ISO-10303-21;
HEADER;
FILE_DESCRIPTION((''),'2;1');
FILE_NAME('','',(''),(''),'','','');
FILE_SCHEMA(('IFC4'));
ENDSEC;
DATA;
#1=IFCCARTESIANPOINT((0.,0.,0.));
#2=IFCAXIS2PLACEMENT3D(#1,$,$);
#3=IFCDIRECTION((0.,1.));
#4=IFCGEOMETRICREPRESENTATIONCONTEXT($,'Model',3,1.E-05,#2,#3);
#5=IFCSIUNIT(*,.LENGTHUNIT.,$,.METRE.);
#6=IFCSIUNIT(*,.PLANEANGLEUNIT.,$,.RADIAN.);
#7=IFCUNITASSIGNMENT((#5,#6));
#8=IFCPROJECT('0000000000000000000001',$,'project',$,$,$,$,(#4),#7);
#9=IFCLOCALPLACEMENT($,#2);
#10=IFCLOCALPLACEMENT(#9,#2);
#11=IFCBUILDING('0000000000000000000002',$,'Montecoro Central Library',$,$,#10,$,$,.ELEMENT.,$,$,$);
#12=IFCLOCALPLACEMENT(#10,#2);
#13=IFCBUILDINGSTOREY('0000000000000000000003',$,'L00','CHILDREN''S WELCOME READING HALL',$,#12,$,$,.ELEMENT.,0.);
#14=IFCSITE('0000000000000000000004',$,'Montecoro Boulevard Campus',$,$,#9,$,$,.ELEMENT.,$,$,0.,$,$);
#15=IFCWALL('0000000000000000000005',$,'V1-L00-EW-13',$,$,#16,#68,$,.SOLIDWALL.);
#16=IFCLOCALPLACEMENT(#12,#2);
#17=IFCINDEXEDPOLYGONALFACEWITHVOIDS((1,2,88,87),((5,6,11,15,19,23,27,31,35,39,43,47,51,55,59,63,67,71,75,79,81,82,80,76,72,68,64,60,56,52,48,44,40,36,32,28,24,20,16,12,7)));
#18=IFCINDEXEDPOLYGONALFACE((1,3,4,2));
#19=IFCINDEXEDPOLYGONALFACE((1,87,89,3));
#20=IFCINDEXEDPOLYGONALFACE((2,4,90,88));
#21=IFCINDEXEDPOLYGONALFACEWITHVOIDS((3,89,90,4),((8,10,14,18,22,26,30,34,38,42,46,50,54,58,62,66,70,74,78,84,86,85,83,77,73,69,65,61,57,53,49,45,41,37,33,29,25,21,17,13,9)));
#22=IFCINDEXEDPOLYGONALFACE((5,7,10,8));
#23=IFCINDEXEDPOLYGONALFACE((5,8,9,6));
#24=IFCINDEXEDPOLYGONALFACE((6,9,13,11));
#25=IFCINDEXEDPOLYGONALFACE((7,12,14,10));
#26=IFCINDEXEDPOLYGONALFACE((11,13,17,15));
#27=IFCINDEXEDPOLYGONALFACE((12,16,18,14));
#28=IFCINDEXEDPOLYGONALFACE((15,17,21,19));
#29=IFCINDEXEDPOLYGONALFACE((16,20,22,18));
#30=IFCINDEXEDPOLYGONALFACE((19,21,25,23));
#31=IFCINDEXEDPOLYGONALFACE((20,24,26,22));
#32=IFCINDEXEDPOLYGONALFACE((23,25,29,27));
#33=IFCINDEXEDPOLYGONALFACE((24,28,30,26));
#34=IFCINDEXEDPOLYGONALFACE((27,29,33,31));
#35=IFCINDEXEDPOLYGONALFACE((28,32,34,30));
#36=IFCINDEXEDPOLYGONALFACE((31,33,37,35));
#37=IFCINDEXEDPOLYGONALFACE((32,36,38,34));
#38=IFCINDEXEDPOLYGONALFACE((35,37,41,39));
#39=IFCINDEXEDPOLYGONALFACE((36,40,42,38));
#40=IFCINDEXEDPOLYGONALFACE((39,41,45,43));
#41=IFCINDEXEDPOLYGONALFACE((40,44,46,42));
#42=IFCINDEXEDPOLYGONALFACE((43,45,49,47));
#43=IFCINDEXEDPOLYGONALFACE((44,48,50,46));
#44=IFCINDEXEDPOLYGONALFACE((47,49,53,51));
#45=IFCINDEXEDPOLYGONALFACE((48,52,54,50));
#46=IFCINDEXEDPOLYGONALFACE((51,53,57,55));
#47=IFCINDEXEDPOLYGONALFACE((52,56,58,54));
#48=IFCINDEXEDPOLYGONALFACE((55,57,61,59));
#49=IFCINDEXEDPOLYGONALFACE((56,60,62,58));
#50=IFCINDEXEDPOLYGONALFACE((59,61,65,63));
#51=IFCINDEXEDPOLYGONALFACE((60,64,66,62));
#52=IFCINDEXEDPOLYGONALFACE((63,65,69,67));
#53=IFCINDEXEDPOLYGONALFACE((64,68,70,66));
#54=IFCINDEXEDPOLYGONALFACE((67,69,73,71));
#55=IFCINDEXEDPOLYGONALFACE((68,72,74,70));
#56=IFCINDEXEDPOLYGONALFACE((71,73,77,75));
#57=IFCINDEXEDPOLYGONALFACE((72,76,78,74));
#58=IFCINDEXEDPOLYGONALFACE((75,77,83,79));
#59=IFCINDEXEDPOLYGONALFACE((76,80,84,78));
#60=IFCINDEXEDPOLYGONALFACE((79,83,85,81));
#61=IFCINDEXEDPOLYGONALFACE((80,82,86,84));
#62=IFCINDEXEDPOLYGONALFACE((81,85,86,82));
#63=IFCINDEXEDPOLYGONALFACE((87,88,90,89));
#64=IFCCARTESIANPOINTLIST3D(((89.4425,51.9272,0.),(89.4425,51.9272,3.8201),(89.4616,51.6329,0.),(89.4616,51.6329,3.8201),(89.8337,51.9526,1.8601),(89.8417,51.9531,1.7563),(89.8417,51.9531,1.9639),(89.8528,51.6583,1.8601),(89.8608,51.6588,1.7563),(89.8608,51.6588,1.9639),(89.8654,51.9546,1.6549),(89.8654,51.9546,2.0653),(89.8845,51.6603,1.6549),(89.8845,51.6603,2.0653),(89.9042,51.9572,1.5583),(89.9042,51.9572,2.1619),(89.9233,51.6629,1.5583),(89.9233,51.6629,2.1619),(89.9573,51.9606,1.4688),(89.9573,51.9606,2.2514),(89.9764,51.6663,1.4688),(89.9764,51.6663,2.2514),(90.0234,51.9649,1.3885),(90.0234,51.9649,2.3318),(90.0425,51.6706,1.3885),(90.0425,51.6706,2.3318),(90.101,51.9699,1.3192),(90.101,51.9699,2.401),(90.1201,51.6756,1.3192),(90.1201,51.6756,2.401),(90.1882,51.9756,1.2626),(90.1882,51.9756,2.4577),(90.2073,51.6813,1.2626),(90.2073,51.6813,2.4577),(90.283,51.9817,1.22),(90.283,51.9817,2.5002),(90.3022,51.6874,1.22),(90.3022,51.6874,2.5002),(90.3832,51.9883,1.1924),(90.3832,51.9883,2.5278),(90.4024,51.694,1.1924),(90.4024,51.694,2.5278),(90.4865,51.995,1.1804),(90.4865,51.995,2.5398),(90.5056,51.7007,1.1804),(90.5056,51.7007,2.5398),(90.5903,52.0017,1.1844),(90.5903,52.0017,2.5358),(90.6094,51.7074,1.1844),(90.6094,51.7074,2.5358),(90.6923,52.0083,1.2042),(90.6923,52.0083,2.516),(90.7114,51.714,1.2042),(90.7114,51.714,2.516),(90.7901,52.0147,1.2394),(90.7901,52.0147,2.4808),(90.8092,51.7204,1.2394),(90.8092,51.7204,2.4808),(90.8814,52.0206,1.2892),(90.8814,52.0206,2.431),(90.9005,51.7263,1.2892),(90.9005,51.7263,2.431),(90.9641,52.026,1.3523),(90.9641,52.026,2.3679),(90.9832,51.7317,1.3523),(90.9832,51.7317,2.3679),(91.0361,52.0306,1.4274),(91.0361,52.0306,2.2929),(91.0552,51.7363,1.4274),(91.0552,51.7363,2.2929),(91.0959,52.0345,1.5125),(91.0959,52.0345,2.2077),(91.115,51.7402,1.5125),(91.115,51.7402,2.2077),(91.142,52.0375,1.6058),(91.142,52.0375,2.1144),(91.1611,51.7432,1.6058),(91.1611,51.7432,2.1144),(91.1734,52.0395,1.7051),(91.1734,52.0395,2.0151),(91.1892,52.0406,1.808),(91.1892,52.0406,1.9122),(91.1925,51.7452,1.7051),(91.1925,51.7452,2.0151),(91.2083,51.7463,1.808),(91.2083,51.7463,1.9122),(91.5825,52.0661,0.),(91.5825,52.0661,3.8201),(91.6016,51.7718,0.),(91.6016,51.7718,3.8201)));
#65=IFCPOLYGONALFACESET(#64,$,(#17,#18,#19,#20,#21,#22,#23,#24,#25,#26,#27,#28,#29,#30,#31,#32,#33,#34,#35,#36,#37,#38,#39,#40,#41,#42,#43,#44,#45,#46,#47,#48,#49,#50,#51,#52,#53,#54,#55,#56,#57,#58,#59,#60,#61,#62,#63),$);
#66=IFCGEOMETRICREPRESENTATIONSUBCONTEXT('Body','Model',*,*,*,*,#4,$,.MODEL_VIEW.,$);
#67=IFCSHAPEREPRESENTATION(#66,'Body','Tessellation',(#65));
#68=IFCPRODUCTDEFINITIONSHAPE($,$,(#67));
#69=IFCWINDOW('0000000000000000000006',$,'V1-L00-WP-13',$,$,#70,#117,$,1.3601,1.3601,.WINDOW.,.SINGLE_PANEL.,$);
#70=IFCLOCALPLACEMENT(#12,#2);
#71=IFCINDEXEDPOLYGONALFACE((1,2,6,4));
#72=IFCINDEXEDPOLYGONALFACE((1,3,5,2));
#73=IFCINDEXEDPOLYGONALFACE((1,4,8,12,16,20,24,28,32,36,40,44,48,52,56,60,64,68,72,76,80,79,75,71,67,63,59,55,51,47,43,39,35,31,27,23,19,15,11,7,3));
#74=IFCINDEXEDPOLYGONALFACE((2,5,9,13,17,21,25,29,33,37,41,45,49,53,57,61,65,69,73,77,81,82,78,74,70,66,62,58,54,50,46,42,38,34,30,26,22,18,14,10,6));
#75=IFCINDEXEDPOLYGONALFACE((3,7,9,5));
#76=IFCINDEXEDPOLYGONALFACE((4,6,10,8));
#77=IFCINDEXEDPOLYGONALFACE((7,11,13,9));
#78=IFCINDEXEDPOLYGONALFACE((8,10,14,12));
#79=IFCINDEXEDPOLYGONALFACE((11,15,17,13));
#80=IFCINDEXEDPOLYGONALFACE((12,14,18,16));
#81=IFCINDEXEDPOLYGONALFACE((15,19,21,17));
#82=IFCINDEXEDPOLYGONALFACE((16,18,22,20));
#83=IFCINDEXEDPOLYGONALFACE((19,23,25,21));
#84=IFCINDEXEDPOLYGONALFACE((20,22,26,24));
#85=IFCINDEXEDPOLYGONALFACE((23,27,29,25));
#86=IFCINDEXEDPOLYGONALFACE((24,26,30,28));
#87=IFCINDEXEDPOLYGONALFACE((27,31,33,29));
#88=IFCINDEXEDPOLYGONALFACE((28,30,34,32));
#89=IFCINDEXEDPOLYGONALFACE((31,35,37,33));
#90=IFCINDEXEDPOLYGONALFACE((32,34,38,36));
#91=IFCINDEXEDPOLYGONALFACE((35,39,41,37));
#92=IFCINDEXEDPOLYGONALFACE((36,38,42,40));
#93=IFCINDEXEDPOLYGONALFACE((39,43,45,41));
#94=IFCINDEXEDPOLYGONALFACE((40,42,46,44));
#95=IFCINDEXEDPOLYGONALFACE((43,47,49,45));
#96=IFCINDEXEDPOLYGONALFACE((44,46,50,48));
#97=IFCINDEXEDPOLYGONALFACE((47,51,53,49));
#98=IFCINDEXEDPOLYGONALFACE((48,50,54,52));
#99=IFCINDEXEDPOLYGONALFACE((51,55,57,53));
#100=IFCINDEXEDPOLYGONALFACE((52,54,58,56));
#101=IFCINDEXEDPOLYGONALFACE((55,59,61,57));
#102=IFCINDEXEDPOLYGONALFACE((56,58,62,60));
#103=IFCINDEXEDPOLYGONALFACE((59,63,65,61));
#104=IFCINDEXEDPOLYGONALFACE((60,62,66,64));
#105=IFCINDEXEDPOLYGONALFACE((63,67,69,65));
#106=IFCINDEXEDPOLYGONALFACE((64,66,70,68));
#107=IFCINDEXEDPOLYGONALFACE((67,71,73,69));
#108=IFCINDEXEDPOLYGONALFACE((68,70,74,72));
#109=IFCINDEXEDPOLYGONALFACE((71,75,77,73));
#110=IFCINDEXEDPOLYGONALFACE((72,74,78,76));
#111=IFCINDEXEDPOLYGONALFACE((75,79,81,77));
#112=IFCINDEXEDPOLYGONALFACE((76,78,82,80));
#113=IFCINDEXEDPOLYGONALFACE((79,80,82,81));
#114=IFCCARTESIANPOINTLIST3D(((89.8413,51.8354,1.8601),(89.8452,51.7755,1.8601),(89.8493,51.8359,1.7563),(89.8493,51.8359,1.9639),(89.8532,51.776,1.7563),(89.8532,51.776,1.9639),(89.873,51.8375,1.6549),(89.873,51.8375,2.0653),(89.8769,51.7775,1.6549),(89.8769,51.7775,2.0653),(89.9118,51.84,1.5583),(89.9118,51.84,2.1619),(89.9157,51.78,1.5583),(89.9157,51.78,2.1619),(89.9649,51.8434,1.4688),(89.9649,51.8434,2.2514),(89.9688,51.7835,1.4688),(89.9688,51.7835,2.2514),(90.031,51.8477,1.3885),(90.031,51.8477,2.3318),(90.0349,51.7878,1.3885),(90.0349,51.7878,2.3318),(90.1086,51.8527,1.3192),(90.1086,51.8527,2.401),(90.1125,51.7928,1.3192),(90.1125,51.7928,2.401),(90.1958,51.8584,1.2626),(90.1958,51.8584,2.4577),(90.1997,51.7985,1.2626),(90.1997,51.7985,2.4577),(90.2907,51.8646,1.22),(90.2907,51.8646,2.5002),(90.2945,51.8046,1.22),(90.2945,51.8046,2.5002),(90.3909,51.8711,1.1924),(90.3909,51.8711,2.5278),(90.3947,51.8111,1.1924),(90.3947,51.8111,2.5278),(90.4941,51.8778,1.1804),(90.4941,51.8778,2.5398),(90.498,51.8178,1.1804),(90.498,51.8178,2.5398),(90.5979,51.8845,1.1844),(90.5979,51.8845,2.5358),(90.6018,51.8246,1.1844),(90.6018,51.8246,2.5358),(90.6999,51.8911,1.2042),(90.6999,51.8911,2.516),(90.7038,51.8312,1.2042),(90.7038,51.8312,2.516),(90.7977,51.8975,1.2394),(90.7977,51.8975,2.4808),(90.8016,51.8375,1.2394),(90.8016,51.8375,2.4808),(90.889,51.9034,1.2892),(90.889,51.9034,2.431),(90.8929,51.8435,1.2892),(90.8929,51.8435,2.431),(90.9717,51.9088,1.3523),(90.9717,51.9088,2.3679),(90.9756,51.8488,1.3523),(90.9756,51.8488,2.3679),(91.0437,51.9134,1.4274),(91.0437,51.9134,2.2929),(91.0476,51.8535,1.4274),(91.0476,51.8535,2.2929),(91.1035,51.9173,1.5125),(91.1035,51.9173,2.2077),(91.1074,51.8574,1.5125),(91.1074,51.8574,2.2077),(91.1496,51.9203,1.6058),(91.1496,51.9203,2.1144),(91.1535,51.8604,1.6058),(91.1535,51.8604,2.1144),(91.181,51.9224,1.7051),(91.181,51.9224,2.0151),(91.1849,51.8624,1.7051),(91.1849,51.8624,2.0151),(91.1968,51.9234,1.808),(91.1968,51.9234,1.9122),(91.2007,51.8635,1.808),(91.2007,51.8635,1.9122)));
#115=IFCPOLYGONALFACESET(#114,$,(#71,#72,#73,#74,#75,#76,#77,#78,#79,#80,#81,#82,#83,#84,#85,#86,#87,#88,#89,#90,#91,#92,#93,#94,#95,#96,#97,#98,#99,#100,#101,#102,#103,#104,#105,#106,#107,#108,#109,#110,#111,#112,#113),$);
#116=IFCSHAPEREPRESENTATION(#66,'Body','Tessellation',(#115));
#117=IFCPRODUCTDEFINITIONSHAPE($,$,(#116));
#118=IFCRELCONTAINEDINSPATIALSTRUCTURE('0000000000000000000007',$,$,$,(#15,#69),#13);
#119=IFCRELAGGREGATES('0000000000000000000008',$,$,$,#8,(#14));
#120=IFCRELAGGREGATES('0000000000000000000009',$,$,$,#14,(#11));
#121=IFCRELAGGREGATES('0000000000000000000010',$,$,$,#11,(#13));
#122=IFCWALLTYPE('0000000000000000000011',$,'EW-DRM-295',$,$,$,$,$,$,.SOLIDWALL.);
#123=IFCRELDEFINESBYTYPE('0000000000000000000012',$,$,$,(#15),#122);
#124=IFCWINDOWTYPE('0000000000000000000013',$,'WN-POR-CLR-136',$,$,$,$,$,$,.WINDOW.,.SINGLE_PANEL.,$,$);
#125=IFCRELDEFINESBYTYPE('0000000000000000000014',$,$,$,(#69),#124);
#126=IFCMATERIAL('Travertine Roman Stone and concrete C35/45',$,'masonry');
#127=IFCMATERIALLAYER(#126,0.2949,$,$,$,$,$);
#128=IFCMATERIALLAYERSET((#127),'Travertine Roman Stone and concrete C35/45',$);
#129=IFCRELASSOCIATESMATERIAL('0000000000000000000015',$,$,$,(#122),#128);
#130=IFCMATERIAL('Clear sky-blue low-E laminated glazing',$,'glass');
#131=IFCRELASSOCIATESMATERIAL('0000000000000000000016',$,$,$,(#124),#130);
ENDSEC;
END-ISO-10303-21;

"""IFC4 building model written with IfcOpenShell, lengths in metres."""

from ifc_helpers import new_model, si_unit, direction, frame, frame_2d, origin, place, context, subcontext, project, spatial, rectangle, circle, extrude, material, layer, layer_set, type_object, element, fill, save


model = new_model("IFC4")

# Units and contexts
model_context = context("Model", 3, precision=1e-05, world=origin(), true_north=direction((0.0, 1.0)))
body_context = subcontext(model_context, "Body", "Model", "MODEL_VIEW")
ifc_project = project(units=[si_unit("LENGTHUNIT", "METRE"), si_unit("PLANEANGLEUNIT", "RADIAN")], contexts=[model_context])

# Site, building, storey
site_placement = place(None, origin())
site = spatial("IfcSite", under=ifc_project, at=site_placement, Name="Montecoro Boulevard Campus", CompositionType="ELEMENT", RefElevation=0.0)
building_placement = place(site_placement, origin())
building = spatial("IfcBuilding", under=site, at=building_placement, Name="Montecoro Central Library", CompositionType="ELEMENT")
storey_placement = place(building_placement, origin())
storey = spatial("IfcBuildingStorey", under=building, at=storey_placement, Name="L00", Description="CHILDREN'S WELCOME READING HALL", CompositionType="ELEMENT", Elevation=0.0)

# Wall, opening, window
ifc_material_1 = material(Name="Travertine Roman Stone and concrete C35/45", Category="masonry")
ifc_layer_1 = layer(ifc_material_1, 0.2949)
ifc_layer_set_1 = layer_set([ifc_layer_1], Name="Travertine Roman Stone and concrete C35/45")
wall_type = type_object("IfcWallType", Name="EW-DRM-295", PredefinedType="SOLIDWALL", material=ifc_layer_set_1)
wall_1_placement = place(storey_placement, frame((91.592, 51.9189, 0.0), z_axis=(0.0, 0.0, 1.0), x_axis=(-0.9979, -0.064774, 0.0)))
wall_1 = element("IfcWall", 1, at=wall_1_placement, inside=storey, type_object=wall_type, Name="V1-L00-EW-13", PredefinedType="SOLIDWALL", context=body_context, shape_type="SweptSolid", body=[
    extrude(rectangle(XDim=2.1445, YDim=0.2949, at=frame_2d((1.0723, 0.0))), origin(), (0.0, 0.0, 1.0), 3.8201),
])
opening_1_placement = place(wall_1_placement, frame((0.3921, 0.0, 1.1799)))
opening_1 = element("IfcOpeningElement", 2, at=opening_1_placement, cuts=wall_1, PredefinedType="OPENING", context=body_context, shape_type="SweptSolid", body=[
    extrude(circle(Radius=0.6802, at=frame_2d((0.6802, 0.6802))), frame((0.0, 0.1575, 0.0), z_axis=(0.0, -1.0, 0.0), x_axis=(1.0, 0.0, 0.0)), (0.0, 0.0, 1.0), 0.3149),
])
ifc_material_2 = material(Name="Clear sky-blue low-E laminated glazing", Category="glass")
window_type_1 = type_object("IfcWindowType", Name="WN-POR-CLR-136", PartitioningType="SINGLE_PANEL", PredefinedType="WINDOW", material=ifc_material_2)
window_1_placement = place(opening_1_placement, origin())
window_1 = element("IfcWindow", 3, at=window_1_placement, inside=storey, type_object=window_type_1, Name="V1-L00-WP-13", OverallHeight=1.3601, OverallWidth=1.3601, PartitioningType="SINGLE_PANEL", PredefinedType="WINDOW", context=body_context, shape_type="SweptSolid", body=[
    extrude(circle(Radius=0.6802, at=frame_2d((0.6802, 0.6802))), frame((0.0, 0.03, 0.0), z_axis=(0.0, -1.0, 0.0), x_axis=(1.0, 0.0, 0.0)), (0.0, 0.0, 1.0), 0.0601),
])
fill(opening_1, window_1)

save(model, "model.ifc")
